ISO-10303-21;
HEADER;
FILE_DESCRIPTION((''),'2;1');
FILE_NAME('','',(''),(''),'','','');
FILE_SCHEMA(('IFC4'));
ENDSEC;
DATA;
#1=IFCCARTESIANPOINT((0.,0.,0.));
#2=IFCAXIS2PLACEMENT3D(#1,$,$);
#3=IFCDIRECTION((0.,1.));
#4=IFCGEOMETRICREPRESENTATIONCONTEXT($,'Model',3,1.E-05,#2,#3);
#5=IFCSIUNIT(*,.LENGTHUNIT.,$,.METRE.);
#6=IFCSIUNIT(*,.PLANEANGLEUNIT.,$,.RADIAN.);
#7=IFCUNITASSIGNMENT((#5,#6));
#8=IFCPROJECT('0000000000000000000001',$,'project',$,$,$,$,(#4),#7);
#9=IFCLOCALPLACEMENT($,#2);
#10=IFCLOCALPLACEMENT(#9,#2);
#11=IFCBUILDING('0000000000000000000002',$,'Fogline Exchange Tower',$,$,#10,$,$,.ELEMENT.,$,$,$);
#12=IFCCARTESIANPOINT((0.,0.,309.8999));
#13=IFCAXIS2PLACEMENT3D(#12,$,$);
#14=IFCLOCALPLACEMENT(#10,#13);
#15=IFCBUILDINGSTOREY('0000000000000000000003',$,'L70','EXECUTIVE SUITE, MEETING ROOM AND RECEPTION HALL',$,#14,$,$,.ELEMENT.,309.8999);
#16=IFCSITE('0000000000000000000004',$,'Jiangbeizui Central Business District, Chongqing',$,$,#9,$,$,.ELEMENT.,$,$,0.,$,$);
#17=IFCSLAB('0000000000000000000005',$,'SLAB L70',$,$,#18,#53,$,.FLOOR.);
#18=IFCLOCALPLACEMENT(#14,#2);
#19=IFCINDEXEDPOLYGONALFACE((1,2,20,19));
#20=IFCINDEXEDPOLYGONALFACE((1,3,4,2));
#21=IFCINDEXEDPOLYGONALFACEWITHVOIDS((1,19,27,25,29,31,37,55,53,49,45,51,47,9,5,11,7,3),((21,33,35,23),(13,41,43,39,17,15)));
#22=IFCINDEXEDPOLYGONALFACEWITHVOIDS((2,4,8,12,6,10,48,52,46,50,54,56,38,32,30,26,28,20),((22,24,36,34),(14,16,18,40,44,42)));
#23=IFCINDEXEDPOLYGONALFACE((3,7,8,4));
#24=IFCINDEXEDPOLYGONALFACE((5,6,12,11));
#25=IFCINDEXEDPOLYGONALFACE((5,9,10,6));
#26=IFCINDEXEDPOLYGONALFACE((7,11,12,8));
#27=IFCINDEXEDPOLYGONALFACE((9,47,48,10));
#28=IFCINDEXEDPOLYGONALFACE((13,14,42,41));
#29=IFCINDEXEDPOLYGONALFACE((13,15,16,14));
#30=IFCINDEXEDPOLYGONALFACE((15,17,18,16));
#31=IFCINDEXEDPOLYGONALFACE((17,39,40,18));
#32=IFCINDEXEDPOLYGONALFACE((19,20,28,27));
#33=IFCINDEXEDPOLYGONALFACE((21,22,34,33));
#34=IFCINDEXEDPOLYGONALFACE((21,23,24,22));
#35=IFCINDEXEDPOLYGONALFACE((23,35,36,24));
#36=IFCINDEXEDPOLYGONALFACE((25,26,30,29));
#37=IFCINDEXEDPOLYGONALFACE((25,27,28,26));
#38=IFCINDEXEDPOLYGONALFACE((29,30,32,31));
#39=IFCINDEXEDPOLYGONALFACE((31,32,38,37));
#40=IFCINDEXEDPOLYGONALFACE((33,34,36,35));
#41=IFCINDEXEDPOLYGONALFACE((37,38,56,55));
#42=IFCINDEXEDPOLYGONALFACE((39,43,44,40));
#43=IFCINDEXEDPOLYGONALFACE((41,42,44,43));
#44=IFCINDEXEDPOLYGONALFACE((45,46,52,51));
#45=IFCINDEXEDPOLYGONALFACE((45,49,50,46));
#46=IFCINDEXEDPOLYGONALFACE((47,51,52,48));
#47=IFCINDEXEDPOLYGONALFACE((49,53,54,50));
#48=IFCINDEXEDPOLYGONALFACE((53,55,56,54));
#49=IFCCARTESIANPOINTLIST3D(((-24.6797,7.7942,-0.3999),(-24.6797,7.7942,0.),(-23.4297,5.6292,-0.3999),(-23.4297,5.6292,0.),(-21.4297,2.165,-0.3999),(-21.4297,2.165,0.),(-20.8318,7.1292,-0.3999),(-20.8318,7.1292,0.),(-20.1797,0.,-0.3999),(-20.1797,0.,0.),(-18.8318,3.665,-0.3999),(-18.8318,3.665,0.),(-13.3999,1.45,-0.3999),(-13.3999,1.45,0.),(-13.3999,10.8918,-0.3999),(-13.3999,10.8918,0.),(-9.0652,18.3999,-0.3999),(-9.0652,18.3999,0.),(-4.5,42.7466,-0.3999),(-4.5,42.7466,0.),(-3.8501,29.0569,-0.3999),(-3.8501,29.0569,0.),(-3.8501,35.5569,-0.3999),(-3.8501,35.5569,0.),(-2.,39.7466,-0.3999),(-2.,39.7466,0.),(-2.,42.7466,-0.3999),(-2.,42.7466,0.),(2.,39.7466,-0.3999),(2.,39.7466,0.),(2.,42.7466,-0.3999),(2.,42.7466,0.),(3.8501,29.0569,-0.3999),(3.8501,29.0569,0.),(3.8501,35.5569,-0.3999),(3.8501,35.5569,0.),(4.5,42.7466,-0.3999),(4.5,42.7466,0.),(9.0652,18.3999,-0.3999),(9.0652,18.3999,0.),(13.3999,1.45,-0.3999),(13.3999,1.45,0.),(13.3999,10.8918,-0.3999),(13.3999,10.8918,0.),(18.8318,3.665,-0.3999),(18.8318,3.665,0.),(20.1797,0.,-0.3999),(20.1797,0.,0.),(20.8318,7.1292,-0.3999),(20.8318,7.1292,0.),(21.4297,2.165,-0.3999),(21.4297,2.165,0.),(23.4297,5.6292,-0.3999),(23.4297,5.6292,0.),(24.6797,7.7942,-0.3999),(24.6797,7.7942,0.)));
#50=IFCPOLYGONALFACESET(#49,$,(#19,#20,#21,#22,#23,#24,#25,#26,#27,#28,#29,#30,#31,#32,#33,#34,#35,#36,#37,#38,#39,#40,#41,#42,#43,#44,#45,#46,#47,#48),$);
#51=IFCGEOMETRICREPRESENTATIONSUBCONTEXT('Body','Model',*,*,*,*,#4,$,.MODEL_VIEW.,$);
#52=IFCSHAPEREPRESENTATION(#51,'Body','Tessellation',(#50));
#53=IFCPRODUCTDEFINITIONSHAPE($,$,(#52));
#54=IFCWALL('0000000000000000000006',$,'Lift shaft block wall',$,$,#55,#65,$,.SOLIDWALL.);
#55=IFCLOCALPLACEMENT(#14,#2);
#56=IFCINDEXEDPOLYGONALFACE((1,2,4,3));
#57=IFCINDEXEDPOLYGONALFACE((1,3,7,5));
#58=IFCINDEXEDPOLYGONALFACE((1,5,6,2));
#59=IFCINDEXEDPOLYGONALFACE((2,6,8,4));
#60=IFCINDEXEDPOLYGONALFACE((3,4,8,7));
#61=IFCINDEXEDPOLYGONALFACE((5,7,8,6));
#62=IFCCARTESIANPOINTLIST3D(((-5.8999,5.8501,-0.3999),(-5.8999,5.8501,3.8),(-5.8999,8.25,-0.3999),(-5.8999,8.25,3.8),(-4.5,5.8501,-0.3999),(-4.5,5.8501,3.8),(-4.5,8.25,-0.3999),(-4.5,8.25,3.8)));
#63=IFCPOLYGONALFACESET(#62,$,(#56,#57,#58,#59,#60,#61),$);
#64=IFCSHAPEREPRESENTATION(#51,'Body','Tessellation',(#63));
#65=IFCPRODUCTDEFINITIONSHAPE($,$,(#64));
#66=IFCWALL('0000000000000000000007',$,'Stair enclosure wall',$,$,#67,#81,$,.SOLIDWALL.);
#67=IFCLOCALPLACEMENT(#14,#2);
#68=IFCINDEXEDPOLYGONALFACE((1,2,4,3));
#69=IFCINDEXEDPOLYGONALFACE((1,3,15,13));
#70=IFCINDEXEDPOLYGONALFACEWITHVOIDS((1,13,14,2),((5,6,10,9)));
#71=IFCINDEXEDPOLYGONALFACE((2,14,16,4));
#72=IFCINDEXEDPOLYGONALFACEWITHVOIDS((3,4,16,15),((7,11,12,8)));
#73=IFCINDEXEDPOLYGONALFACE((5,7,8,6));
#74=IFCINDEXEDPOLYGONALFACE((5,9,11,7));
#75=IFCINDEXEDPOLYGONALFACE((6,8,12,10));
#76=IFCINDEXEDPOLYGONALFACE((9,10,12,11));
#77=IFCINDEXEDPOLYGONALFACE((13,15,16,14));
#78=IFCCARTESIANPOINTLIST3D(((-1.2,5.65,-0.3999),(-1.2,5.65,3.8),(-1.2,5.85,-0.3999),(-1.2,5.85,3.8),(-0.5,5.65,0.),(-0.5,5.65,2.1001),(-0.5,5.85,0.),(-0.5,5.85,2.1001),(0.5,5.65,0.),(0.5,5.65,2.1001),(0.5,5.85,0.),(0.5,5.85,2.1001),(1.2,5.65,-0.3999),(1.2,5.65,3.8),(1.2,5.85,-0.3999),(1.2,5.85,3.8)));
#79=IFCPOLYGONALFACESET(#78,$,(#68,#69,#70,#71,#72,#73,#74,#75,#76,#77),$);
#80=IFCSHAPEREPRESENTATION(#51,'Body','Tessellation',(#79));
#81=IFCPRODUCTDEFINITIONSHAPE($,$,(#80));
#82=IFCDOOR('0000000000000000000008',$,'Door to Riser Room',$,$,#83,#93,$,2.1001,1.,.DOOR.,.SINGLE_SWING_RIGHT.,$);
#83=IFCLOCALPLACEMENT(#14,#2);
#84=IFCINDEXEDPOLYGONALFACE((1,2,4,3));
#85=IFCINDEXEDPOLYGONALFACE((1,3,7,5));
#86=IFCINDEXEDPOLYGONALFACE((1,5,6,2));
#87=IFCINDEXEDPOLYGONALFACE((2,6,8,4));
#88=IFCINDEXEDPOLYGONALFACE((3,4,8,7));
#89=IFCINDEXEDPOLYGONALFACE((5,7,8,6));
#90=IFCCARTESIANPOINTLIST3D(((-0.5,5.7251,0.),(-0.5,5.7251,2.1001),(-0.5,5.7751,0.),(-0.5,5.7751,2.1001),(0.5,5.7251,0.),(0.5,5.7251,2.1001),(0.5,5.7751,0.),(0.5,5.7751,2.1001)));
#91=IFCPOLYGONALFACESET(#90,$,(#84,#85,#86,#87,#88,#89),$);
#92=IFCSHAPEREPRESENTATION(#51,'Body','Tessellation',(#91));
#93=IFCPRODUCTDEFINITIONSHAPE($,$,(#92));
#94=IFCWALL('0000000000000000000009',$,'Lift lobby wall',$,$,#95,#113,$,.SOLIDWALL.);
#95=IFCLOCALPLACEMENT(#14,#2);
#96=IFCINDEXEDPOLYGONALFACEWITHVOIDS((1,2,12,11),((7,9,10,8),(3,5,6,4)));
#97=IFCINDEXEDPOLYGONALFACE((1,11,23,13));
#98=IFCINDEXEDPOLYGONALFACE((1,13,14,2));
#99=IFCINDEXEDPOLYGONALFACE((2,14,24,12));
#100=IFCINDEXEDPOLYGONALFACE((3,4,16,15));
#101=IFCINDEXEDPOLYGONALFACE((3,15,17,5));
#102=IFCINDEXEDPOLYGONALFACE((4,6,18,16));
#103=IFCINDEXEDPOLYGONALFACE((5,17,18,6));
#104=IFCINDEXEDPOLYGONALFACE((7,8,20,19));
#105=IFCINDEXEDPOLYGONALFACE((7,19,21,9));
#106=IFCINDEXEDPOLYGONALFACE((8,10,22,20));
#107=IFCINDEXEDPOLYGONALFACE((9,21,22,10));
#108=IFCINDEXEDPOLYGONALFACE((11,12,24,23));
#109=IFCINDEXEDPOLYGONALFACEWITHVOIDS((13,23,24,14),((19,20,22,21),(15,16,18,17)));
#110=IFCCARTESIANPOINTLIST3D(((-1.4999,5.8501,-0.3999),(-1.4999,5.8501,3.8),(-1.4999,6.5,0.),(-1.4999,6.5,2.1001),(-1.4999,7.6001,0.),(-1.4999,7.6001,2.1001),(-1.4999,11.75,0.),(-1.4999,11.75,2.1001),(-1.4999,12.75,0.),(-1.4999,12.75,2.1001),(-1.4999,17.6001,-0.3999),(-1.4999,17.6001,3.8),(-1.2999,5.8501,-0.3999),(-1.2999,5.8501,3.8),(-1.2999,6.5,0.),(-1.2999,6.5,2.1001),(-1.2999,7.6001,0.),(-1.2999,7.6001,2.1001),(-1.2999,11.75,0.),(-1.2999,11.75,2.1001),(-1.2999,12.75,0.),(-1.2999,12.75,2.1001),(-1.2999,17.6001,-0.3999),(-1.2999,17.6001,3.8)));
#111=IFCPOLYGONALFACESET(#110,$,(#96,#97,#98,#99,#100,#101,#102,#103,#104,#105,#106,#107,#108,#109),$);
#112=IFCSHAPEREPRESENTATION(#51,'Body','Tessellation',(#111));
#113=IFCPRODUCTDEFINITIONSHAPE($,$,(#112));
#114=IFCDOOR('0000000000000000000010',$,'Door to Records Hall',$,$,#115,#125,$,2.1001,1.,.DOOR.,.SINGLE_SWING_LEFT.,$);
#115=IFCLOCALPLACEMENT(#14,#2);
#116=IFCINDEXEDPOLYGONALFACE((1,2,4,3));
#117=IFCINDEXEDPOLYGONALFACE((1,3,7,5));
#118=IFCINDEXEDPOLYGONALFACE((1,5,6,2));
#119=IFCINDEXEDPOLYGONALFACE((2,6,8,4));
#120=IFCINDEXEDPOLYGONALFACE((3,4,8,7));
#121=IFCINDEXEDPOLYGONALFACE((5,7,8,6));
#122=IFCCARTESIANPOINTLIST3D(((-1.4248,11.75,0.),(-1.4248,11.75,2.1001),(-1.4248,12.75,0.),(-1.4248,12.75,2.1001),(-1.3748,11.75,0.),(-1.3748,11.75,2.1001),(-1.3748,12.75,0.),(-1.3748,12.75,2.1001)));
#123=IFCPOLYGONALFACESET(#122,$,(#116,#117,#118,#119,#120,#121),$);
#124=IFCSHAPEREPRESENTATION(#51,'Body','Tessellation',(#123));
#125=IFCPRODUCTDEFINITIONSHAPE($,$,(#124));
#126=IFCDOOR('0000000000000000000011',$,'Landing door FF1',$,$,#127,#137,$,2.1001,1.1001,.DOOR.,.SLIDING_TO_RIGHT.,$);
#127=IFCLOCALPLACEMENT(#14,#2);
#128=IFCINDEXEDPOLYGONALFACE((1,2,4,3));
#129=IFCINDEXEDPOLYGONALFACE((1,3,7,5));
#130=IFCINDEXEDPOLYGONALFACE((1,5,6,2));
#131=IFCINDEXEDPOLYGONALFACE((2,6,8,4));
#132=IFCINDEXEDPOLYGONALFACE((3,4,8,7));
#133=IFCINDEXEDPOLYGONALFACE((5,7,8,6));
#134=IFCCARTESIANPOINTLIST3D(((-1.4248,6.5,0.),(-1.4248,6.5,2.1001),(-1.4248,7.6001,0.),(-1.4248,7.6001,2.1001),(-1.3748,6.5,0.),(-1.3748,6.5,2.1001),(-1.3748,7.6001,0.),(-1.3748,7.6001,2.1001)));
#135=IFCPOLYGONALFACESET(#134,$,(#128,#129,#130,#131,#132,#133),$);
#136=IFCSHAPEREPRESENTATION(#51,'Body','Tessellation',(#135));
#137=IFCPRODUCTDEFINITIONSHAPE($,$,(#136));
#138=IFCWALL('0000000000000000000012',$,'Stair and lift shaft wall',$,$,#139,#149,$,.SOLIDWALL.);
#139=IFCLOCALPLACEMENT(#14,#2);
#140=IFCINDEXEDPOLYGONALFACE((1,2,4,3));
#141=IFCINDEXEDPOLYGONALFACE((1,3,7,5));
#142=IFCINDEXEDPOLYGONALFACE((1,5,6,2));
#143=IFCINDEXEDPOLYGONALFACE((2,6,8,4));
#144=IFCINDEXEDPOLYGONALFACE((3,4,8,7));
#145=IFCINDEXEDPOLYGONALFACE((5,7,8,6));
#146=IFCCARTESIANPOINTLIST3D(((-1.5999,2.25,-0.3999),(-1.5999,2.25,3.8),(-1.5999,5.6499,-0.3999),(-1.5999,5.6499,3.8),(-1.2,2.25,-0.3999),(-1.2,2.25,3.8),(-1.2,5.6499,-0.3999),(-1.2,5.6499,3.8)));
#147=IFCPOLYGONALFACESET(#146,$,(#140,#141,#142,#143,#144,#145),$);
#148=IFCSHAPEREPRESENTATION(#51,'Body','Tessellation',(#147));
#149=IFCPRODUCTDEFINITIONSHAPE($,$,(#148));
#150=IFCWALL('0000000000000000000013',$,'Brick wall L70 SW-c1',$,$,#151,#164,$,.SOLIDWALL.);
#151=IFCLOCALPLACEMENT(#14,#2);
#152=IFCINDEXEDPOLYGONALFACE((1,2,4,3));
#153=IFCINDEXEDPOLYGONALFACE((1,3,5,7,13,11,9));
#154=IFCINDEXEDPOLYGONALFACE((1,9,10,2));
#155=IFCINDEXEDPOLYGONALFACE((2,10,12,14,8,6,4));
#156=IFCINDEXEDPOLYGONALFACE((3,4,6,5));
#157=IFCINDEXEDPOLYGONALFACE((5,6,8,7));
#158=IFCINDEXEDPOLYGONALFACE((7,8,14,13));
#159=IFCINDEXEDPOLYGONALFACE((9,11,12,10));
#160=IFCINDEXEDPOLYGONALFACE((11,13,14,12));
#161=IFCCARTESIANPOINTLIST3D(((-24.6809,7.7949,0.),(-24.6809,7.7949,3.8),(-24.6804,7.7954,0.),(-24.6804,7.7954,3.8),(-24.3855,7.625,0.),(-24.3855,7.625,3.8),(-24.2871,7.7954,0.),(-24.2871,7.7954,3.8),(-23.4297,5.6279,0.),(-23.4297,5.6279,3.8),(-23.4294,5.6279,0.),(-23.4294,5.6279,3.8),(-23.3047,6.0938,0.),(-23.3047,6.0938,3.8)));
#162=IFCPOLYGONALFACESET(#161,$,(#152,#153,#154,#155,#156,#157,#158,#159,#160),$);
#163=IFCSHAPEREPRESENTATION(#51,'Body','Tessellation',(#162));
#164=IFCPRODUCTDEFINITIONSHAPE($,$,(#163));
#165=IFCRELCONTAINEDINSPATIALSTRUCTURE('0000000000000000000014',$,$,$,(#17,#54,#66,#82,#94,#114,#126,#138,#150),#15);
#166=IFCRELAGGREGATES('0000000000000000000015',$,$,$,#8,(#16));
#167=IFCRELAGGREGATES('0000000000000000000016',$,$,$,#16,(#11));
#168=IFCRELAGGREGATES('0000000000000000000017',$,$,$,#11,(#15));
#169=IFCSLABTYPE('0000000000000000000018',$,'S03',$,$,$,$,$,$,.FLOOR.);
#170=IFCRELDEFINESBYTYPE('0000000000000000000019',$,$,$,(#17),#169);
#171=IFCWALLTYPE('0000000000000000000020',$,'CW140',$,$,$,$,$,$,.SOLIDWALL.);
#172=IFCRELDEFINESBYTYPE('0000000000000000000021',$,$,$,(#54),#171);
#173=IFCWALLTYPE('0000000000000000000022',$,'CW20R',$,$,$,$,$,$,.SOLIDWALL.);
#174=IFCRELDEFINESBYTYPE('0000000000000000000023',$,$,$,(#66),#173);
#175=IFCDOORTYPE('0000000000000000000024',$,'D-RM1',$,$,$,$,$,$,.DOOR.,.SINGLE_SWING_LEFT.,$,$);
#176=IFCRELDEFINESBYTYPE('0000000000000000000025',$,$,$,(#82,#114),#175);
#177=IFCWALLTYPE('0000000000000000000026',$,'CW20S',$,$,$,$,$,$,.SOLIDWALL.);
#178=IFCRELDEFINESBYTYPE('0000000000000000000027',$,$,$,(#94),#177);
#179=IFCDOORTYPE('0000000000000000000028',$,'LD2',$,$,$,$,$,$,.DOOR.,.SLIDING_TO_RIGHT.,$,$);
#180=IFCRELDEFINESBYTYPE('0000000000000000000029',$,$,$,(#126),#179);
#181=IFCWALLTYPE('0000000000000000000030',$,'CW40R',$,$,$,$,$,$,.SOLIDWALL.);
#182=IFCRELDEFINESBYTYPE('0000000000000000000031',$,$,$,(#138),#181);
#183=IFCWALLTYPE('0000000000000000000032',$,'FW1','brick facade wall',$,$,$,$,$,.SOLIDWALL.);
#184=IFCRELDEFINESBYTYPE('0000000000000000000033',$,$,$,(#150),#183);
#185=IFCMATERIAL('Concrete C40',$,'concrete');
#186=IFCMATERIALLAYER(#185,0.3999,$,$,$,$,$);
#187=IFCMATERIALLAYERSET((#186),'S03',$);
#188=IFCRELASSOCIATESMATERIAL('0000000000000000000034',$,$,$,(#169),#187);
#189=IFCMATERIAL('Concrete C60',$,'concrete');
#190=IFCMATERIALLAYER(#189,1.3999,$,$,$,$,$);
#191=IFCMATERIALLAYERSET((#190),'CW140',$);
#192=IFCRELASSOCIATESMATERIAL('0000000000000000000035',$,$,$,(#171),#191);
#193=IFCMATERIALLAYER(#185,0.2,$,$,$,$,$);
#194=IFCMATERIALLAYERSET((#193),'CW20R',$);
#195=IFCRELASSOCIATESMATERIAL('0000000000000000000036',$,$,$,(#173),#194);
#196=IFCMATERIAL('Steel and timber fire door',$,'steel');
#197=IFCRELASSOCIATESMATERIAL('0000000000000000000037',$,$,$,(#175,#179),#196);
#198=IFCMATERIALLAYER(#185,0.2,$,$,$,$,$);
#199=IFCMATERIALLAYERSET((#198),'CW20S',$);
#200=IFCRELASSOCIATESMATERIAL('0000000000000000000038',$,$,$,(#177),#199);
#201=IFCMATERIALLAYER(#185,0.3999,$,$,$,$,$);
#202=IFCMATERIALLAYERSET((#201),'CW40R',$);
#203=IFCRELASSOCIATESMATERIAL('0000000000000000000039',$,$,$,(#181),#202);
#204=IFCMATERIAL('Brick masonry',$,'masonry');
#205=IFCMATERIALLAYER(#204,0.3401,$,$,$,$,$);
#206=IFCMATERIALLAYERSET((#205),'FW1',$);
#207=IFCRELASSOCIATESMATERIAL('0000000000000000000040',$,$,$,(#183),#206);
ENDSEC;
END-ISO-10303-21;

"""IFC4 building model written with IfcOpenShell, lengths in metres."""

from ifc_helpers import new_model, si_unit, direction, frame, frame_2d, origin, place, context, subcontext, project, spatial, polyline, rectangle, outline, extrude, material, layer, layer_set, type_object, element, fill, save


model = new_model("IFC4")

# Units and contexts
model_context = context("Model", 3, precision=1e-05, world=origin(), true_north=direction((0.0, 1.0)))
body_context = subcontext(model_context, "Body", "Model", "MODEL_VIEW")
ifc_project = project(units=[si_unit("LENGTHUNIT", "METRE"), si_unit("PLANEANGLEUNIT", "RADIAN")], contexts=[model_context])

# Site, building, storey
site_placement = place(None, origin())
site = spatial("IfcSite", under=ifc_project, at=site_placement, Name="Jiangbeizui Central Business District, Chongqing", CompositionType="ELEMENT", RefElevation=0.0)
building_placement = place(site_placement, origin())
building = spatial("IfcBuilding", under=site, at=building_placement, Name="Fogline Exchange Tower", CompositionType="ELEMENT")
storey_placement = place(building_placement, frame((0.0, 0.0, 309.8999)))
storey = spatial("IfcBuildingStorey", under=building, at=storey_placement, Name="L70", Description="EXECUTIVE SUITE, MEETING ROOM AND RECEPTION HALL", CompositionType="ELEMENT", Elevation=309.8999)

# Slab
ifc_material_1 = material(Name="Concrete C40", Category="concrete")
ifc_layer_1 = layer(ifc_material_1, 0.3999)
ifc_layer_set_1 = layer_set([ifc_layer_1], Name="S03")
slab_type = type_object("IfcSlabType", Name="S03", PredefinedType="FLOOR", material=ifc_layer_set_1)
slab_placement = place(storey_placement, frame((0.0, 0.0, -0.3999)))
element("IfcSlab", 1, at=slab_placement, inside=storey, type_object=slab_type, Name="SLAB L70", PredefinedType="FLOOR", context=body_context, shape_type="SweptSolid", body=[
    extrude(outline(polyline([(-2.0, 42.7466), (-4.5, 42.7466), (-24.6797, 7.7942), (-23.4297, 5.6292), (-20.8318, 7.1292), (-18.8318, 3.665), (-21.4297, 2.165), (-20.1797, 0.0), (20.1797, 0.0), (21.4297, 2.165), (18.8318, 3.665), (20.8318, 7.1292), (23.4297, 5.6292), (24.6797, 7.7942), (4.5, 42.7466), (2.0, 42.7466), (2.0, 39.7466), (-2.0, 39.7466), (-2.0, 42.7466)]), holes=[polyline([(13.3999, 10.8918), (13.3999, 1.45), (-13.3999, 1.45), (-13.3999, 10.8918), (-9.0652, 18.3999), (9.0652, 18.3999), (13.3999, 10.8918)]), polyline([(3.8501, 35.5569), (3.8501, 29.0569), (-3.8501, 29.0569), (-3.8501, 35.5569), (3.8501, 35.5569)])]), origin(), (0.0, 0.0, 1.0), 0.3999),
])

# Wall
ifc_material_2 = material(Name="Concrete C60", Category="concrete")
ifc_layer_2 = layer(ifc_material_2, 1.3999)
ifc_layer_set_2 = layer_set([ifc_layer_2], Name="CW140")
wall_type_1 = type_object("IfcWallType", Name="CW140", PredefinedType="SOLIDWALL", material=ifc_layer_set_2)
wall_1_placement = place(storey_placement, frame((-5.2, 5.8501, -0.3999), z_axis=(0.0, 0.0, 1.0), x_axis=(0.0, 1.0, 0.0)))
element("IfcWall", 2, at=wall_1_placement, inside=storey, type_object=wall_type_1, Name="Lift shaft block wall", PredefinedType="SOLIDWALL", context=body_context, shape_type="SweptSolid", body=[
    extrude(rectangle(XDim=2.3999, YDim=1.3999, at=frame_2d((1.2, 0.0))), origin(), (0.0, 0.0, 1.0), 4.2),
])

# Wall, opening, door
ifc_layer_3 = layer(ifc_material_1, 0.2)
ifc_layer_set_3 = layer_set([ifc_layer_3], Name="CW20R")
wall_type_2 = type_object("IfcWallType", Name="CW20R", PredefinedType="SOLIDWALL", material=ifc_layer_set_3)
wall_2_placement = place(storey_placement, frame((-1.2, 5.75, -0.3999), z_axis=(0.0, 0.0, 1.0), x_axis=(1.0, 0.0, 0.0)))
wall_2 = element("IfcWall", 3, at=wall_2_placement, inside=storey, type_object=wall_type_2, Name="Stair enclosure wall", PredefinedType="SOLIDWALL", context=body_context, shape_type="SweptSolid", body=[
    extrude(rectangle(XDim=2.3999, YDim=0.2, at=frame_2d((1.2, 0.0))), origin(), (0.0, 0.0, 1.0), 4.2),
])
opening_1_placement = place(wall_2_placement, frame((0.7, 0.0, 0.3999)))
opening_1 = element("IfcOpeningElement", 4, at=opening_1_placement, cuts=wall_2, PredefinedType="OPENING", context=body_context, shape_type="SweptSolid", body=[
    extrude(rectangle(XDim=1.0, YDim=2.1001, at=frame_2d((0.5, 1.05))), frame((0.0, 0.1099, 0.0), z_axis=(0.0, -1.0, 0.0), x_axis=(1.0, 0.0, 0.0)), (0.0, 0.0, 1.0), 0.22),
])
ifc_material_3 = material(Name="Steel and timber fire door", Category="steel")
door_type_1 = type_object("IfcDoorType", Name="D-RM1", OperationType="SINGLE_SWING_LEFT", PredefinedType="DOOR", material=ifc_material_3)
door_1_placement = place(opening_1_placement, frame((1.0, 0.0, 0.0), z_axis=(0.0, 0.0, 1.0), x_axis=(-1.0, 0.0, 0.0)))
door_1 = element("IfcDoor", 5, at=door_1_placement, inside=storey, type_object=door_type_1, Name="Door to Riser Room", OperationType="SINGLE_SWING_RIGHT", OverallHeight=2.1001, OverallWidth=1.0, PredefinedType="DOOR", context=body_context, shape_type="SweptSolid", body=[
    extrude(rectangle(XDim=1.0, YDim=2.1001, at=frame_2d((0.5, 1.05))), frame((0.0, 0.0249, 0.0), z_axis=(0.0, -1.0, 0.0), x_axis=(1.0, 0.0, 0.0)), (0.0, 0.0, 1.0), 0.05),
])
fill(opening_1, door_1)

# Wall, openings, doors
ifc_layer_4 = layer(ifc_material_1, 0.2)
ifc_layer_set_4 = layer_set([ifc_layer_4], Name="CW20S")
wall_type_3 = type_object("IfcWallType", Name="CW20S", PredefinedType="SOLIDWALL", material=ifc_layer_set_4)
wall_3_placement = place(storey_placement, frame((-1.3999, 5.8501, -0.3999), z_axis=(0.0, 0.0, 1.0), x_axis=(0.0, 1.0, 0.0)))
wall_3 = element("IfcWall", 6, at=wall_3_placement, inside=storey, type_object=wall_type_3, Name="Lift lobby wall", PredefinedType="SOLIDWALL", context=body_context, shape_type="SweptSolid", body=[
    extrude(rectangle(XDim=11.75, YDim=0.2, at=frame_2d((5.875, 0.0))), origin(), (0.0, 0.0, 1.0), 4.2),
])
opening_2_placement = place(wall_3_placement, frame((0.6499, 0.0, 0.3999)))
opening_2 = element("IfcOpeningElement", 7, at=opening_2_placement, cuts=wall_3, PredefinedType="OPENING", context=body_context, shape_type="SweptSolid", body=[
    extrude(rectangle(XDim=1.1001, YDim=2.1001, at=frame_2d((0.55, 1.05))), frame((0.0, 0.1099, 0.0), z_axis=(0.0, -1.0, 0.0), x_axis=(1.0, 0.0, 0.0)), (0.0, 0.0, 1.0), 0.22),
])
opening_3_placement = place(wall_3_placement, frame((5.8999, 0.0, 0.3999)))
opening_3 = element("IfcOpeningElement", 8, at=opening_3_placement, cuts=wall_3, PredefinedType="OPENING", context=body_context, shape_type="SweptSolid", body=[
    extrude(rectangle(XDim=1.0, YDim=2.1001, at=frame_2d((0.5, 1.05))), frame((0.0, 0.1099, 0.0), z_axis=(0.0, -1.0, 0.0), x_axis=(1.0, 0.0, 0.0)), (0.0, 0.0, 1.0), 0.22),
])
door_2_placement = place(opening_3_placement, origin())
door_2 = element("IfcDoor", 9, at=door_2_placement, inside=storey, type_object=door_type_1, Name="Door to Records Hall", OperationType="SINGLE_SWING_LEFT", OverallHeight=2.1001, OverallWidth=1.0, PredefinedType="DOOR", context=body_context, shape_type="SweptSolid", body=[
    extrude(rectangle(XDim=1.0, YDim=2.1001, at=frame_2d((0.5, 1.05))), frame((0.0, 0.0249, 0.0), z_axis=(0.0, -1.0, 0.0), x_axis=(1.0, 0.0, 0.0)), (0.0, 0.0, 1.0), 0.05),
])
fill(opening_3, door_2)
door_type_2 = type_object("IfcDoorType", Name="LD2", OperationType="SLIDING_TO_RIGHT", PredefinedType="DOOR", material=ifc_material_3)
door_3_placement = place(opening_2_placement, origin())
door_3 = element("IfcDoor", 10, at=door_3_placement, inside=storey, type_object=door_type_2, Name="Landing door FF1", OperationType="SLIDING_TO_RIGHT", OverallHeight=2.1001, OverallWidth=1.1001, PredefinedType="DOOR", context=body_context, shape_type="SweptSolid", body=[
    extrude(rectangle(XDim=1.1001, YDim=2.1001, at=frame_2d((0.55, 1.05))), frame((0.0, 0.0249, 0.0), z_axis=(0.0, -1.0, 0.0), x_axis=(1.0, 0.0, 0.0)), (0.0, 0.0, 1.0), 0.05),
])
fill(opening_2, door_3)

# Walls
ifc_layer_5 = layer(ifc_material_1, 0.3999)
ifc_layer_set_5 = layer_set([ifc_layer_5], Name="CW40R")
wall_type_4 = type_object("IfcWallType", Name="CW40R", PredefinedType="SOLIDWALL", material=ifc_layer_set_5)
wall_4_placement = place(storey_placement, frame((-1.3999, 2.25, -0.3999), z_axis=(0.0, 0.0, 1.0), x_axis=(0.0, 1.0, 0.0)))
element("IfcWall", 11, at=wall_4_placement, inside=storey, type_object=wall_type_4, Name="Stair and lift shaft wall", PredefinedType="SOLIDWALL", context=body_context, shape_type="SweptSolid", body=[
    extrude(rectangle(XDim=3.3999, YDim=0.3999, at=frame_2d((1.7, 0.0))), origin(), (0.0, 0.0, 1.0), 4.2),
])
ifc_material_4 = material(Name="Brick masonry", Category="masonry")
ifc_layer_6 = layer(ifc_material_4, 0.3401)
ifc_layer_set_6 = layer_set([ifc_layer_6], Name="FW1")
wall_type_5 = type_object("IfcWallType", Name="FW1", Description="brick facade wall", PredefinedType="SOLIDWALL", material=ifc_layer_set_6)
wall_5_placement = place(storey_placement, origin())
element("IfcWall", 12, at=wall_5_placement, inside=storey, type_object=wall_type_5, Name="Brick wall L70 SW-c1", PredefinedType="SOLIDWALL", context=body_context, shape_type="SweptSolid", body=[
    extrude(outline(polyline([(-23.4297, 5.6279), (-24.6809, 7.7949), (-24.6804, 7.7954), (-24.3855, 7.625), (-24.2871, 7.7954), (-23.3047, 6.0938), (-23.4294, 5.6279), (-23.4297, 5.6279)])), origin(), (0.0, 0.0, 1.0), 3.8),
])

save(model, "model.ifc")
